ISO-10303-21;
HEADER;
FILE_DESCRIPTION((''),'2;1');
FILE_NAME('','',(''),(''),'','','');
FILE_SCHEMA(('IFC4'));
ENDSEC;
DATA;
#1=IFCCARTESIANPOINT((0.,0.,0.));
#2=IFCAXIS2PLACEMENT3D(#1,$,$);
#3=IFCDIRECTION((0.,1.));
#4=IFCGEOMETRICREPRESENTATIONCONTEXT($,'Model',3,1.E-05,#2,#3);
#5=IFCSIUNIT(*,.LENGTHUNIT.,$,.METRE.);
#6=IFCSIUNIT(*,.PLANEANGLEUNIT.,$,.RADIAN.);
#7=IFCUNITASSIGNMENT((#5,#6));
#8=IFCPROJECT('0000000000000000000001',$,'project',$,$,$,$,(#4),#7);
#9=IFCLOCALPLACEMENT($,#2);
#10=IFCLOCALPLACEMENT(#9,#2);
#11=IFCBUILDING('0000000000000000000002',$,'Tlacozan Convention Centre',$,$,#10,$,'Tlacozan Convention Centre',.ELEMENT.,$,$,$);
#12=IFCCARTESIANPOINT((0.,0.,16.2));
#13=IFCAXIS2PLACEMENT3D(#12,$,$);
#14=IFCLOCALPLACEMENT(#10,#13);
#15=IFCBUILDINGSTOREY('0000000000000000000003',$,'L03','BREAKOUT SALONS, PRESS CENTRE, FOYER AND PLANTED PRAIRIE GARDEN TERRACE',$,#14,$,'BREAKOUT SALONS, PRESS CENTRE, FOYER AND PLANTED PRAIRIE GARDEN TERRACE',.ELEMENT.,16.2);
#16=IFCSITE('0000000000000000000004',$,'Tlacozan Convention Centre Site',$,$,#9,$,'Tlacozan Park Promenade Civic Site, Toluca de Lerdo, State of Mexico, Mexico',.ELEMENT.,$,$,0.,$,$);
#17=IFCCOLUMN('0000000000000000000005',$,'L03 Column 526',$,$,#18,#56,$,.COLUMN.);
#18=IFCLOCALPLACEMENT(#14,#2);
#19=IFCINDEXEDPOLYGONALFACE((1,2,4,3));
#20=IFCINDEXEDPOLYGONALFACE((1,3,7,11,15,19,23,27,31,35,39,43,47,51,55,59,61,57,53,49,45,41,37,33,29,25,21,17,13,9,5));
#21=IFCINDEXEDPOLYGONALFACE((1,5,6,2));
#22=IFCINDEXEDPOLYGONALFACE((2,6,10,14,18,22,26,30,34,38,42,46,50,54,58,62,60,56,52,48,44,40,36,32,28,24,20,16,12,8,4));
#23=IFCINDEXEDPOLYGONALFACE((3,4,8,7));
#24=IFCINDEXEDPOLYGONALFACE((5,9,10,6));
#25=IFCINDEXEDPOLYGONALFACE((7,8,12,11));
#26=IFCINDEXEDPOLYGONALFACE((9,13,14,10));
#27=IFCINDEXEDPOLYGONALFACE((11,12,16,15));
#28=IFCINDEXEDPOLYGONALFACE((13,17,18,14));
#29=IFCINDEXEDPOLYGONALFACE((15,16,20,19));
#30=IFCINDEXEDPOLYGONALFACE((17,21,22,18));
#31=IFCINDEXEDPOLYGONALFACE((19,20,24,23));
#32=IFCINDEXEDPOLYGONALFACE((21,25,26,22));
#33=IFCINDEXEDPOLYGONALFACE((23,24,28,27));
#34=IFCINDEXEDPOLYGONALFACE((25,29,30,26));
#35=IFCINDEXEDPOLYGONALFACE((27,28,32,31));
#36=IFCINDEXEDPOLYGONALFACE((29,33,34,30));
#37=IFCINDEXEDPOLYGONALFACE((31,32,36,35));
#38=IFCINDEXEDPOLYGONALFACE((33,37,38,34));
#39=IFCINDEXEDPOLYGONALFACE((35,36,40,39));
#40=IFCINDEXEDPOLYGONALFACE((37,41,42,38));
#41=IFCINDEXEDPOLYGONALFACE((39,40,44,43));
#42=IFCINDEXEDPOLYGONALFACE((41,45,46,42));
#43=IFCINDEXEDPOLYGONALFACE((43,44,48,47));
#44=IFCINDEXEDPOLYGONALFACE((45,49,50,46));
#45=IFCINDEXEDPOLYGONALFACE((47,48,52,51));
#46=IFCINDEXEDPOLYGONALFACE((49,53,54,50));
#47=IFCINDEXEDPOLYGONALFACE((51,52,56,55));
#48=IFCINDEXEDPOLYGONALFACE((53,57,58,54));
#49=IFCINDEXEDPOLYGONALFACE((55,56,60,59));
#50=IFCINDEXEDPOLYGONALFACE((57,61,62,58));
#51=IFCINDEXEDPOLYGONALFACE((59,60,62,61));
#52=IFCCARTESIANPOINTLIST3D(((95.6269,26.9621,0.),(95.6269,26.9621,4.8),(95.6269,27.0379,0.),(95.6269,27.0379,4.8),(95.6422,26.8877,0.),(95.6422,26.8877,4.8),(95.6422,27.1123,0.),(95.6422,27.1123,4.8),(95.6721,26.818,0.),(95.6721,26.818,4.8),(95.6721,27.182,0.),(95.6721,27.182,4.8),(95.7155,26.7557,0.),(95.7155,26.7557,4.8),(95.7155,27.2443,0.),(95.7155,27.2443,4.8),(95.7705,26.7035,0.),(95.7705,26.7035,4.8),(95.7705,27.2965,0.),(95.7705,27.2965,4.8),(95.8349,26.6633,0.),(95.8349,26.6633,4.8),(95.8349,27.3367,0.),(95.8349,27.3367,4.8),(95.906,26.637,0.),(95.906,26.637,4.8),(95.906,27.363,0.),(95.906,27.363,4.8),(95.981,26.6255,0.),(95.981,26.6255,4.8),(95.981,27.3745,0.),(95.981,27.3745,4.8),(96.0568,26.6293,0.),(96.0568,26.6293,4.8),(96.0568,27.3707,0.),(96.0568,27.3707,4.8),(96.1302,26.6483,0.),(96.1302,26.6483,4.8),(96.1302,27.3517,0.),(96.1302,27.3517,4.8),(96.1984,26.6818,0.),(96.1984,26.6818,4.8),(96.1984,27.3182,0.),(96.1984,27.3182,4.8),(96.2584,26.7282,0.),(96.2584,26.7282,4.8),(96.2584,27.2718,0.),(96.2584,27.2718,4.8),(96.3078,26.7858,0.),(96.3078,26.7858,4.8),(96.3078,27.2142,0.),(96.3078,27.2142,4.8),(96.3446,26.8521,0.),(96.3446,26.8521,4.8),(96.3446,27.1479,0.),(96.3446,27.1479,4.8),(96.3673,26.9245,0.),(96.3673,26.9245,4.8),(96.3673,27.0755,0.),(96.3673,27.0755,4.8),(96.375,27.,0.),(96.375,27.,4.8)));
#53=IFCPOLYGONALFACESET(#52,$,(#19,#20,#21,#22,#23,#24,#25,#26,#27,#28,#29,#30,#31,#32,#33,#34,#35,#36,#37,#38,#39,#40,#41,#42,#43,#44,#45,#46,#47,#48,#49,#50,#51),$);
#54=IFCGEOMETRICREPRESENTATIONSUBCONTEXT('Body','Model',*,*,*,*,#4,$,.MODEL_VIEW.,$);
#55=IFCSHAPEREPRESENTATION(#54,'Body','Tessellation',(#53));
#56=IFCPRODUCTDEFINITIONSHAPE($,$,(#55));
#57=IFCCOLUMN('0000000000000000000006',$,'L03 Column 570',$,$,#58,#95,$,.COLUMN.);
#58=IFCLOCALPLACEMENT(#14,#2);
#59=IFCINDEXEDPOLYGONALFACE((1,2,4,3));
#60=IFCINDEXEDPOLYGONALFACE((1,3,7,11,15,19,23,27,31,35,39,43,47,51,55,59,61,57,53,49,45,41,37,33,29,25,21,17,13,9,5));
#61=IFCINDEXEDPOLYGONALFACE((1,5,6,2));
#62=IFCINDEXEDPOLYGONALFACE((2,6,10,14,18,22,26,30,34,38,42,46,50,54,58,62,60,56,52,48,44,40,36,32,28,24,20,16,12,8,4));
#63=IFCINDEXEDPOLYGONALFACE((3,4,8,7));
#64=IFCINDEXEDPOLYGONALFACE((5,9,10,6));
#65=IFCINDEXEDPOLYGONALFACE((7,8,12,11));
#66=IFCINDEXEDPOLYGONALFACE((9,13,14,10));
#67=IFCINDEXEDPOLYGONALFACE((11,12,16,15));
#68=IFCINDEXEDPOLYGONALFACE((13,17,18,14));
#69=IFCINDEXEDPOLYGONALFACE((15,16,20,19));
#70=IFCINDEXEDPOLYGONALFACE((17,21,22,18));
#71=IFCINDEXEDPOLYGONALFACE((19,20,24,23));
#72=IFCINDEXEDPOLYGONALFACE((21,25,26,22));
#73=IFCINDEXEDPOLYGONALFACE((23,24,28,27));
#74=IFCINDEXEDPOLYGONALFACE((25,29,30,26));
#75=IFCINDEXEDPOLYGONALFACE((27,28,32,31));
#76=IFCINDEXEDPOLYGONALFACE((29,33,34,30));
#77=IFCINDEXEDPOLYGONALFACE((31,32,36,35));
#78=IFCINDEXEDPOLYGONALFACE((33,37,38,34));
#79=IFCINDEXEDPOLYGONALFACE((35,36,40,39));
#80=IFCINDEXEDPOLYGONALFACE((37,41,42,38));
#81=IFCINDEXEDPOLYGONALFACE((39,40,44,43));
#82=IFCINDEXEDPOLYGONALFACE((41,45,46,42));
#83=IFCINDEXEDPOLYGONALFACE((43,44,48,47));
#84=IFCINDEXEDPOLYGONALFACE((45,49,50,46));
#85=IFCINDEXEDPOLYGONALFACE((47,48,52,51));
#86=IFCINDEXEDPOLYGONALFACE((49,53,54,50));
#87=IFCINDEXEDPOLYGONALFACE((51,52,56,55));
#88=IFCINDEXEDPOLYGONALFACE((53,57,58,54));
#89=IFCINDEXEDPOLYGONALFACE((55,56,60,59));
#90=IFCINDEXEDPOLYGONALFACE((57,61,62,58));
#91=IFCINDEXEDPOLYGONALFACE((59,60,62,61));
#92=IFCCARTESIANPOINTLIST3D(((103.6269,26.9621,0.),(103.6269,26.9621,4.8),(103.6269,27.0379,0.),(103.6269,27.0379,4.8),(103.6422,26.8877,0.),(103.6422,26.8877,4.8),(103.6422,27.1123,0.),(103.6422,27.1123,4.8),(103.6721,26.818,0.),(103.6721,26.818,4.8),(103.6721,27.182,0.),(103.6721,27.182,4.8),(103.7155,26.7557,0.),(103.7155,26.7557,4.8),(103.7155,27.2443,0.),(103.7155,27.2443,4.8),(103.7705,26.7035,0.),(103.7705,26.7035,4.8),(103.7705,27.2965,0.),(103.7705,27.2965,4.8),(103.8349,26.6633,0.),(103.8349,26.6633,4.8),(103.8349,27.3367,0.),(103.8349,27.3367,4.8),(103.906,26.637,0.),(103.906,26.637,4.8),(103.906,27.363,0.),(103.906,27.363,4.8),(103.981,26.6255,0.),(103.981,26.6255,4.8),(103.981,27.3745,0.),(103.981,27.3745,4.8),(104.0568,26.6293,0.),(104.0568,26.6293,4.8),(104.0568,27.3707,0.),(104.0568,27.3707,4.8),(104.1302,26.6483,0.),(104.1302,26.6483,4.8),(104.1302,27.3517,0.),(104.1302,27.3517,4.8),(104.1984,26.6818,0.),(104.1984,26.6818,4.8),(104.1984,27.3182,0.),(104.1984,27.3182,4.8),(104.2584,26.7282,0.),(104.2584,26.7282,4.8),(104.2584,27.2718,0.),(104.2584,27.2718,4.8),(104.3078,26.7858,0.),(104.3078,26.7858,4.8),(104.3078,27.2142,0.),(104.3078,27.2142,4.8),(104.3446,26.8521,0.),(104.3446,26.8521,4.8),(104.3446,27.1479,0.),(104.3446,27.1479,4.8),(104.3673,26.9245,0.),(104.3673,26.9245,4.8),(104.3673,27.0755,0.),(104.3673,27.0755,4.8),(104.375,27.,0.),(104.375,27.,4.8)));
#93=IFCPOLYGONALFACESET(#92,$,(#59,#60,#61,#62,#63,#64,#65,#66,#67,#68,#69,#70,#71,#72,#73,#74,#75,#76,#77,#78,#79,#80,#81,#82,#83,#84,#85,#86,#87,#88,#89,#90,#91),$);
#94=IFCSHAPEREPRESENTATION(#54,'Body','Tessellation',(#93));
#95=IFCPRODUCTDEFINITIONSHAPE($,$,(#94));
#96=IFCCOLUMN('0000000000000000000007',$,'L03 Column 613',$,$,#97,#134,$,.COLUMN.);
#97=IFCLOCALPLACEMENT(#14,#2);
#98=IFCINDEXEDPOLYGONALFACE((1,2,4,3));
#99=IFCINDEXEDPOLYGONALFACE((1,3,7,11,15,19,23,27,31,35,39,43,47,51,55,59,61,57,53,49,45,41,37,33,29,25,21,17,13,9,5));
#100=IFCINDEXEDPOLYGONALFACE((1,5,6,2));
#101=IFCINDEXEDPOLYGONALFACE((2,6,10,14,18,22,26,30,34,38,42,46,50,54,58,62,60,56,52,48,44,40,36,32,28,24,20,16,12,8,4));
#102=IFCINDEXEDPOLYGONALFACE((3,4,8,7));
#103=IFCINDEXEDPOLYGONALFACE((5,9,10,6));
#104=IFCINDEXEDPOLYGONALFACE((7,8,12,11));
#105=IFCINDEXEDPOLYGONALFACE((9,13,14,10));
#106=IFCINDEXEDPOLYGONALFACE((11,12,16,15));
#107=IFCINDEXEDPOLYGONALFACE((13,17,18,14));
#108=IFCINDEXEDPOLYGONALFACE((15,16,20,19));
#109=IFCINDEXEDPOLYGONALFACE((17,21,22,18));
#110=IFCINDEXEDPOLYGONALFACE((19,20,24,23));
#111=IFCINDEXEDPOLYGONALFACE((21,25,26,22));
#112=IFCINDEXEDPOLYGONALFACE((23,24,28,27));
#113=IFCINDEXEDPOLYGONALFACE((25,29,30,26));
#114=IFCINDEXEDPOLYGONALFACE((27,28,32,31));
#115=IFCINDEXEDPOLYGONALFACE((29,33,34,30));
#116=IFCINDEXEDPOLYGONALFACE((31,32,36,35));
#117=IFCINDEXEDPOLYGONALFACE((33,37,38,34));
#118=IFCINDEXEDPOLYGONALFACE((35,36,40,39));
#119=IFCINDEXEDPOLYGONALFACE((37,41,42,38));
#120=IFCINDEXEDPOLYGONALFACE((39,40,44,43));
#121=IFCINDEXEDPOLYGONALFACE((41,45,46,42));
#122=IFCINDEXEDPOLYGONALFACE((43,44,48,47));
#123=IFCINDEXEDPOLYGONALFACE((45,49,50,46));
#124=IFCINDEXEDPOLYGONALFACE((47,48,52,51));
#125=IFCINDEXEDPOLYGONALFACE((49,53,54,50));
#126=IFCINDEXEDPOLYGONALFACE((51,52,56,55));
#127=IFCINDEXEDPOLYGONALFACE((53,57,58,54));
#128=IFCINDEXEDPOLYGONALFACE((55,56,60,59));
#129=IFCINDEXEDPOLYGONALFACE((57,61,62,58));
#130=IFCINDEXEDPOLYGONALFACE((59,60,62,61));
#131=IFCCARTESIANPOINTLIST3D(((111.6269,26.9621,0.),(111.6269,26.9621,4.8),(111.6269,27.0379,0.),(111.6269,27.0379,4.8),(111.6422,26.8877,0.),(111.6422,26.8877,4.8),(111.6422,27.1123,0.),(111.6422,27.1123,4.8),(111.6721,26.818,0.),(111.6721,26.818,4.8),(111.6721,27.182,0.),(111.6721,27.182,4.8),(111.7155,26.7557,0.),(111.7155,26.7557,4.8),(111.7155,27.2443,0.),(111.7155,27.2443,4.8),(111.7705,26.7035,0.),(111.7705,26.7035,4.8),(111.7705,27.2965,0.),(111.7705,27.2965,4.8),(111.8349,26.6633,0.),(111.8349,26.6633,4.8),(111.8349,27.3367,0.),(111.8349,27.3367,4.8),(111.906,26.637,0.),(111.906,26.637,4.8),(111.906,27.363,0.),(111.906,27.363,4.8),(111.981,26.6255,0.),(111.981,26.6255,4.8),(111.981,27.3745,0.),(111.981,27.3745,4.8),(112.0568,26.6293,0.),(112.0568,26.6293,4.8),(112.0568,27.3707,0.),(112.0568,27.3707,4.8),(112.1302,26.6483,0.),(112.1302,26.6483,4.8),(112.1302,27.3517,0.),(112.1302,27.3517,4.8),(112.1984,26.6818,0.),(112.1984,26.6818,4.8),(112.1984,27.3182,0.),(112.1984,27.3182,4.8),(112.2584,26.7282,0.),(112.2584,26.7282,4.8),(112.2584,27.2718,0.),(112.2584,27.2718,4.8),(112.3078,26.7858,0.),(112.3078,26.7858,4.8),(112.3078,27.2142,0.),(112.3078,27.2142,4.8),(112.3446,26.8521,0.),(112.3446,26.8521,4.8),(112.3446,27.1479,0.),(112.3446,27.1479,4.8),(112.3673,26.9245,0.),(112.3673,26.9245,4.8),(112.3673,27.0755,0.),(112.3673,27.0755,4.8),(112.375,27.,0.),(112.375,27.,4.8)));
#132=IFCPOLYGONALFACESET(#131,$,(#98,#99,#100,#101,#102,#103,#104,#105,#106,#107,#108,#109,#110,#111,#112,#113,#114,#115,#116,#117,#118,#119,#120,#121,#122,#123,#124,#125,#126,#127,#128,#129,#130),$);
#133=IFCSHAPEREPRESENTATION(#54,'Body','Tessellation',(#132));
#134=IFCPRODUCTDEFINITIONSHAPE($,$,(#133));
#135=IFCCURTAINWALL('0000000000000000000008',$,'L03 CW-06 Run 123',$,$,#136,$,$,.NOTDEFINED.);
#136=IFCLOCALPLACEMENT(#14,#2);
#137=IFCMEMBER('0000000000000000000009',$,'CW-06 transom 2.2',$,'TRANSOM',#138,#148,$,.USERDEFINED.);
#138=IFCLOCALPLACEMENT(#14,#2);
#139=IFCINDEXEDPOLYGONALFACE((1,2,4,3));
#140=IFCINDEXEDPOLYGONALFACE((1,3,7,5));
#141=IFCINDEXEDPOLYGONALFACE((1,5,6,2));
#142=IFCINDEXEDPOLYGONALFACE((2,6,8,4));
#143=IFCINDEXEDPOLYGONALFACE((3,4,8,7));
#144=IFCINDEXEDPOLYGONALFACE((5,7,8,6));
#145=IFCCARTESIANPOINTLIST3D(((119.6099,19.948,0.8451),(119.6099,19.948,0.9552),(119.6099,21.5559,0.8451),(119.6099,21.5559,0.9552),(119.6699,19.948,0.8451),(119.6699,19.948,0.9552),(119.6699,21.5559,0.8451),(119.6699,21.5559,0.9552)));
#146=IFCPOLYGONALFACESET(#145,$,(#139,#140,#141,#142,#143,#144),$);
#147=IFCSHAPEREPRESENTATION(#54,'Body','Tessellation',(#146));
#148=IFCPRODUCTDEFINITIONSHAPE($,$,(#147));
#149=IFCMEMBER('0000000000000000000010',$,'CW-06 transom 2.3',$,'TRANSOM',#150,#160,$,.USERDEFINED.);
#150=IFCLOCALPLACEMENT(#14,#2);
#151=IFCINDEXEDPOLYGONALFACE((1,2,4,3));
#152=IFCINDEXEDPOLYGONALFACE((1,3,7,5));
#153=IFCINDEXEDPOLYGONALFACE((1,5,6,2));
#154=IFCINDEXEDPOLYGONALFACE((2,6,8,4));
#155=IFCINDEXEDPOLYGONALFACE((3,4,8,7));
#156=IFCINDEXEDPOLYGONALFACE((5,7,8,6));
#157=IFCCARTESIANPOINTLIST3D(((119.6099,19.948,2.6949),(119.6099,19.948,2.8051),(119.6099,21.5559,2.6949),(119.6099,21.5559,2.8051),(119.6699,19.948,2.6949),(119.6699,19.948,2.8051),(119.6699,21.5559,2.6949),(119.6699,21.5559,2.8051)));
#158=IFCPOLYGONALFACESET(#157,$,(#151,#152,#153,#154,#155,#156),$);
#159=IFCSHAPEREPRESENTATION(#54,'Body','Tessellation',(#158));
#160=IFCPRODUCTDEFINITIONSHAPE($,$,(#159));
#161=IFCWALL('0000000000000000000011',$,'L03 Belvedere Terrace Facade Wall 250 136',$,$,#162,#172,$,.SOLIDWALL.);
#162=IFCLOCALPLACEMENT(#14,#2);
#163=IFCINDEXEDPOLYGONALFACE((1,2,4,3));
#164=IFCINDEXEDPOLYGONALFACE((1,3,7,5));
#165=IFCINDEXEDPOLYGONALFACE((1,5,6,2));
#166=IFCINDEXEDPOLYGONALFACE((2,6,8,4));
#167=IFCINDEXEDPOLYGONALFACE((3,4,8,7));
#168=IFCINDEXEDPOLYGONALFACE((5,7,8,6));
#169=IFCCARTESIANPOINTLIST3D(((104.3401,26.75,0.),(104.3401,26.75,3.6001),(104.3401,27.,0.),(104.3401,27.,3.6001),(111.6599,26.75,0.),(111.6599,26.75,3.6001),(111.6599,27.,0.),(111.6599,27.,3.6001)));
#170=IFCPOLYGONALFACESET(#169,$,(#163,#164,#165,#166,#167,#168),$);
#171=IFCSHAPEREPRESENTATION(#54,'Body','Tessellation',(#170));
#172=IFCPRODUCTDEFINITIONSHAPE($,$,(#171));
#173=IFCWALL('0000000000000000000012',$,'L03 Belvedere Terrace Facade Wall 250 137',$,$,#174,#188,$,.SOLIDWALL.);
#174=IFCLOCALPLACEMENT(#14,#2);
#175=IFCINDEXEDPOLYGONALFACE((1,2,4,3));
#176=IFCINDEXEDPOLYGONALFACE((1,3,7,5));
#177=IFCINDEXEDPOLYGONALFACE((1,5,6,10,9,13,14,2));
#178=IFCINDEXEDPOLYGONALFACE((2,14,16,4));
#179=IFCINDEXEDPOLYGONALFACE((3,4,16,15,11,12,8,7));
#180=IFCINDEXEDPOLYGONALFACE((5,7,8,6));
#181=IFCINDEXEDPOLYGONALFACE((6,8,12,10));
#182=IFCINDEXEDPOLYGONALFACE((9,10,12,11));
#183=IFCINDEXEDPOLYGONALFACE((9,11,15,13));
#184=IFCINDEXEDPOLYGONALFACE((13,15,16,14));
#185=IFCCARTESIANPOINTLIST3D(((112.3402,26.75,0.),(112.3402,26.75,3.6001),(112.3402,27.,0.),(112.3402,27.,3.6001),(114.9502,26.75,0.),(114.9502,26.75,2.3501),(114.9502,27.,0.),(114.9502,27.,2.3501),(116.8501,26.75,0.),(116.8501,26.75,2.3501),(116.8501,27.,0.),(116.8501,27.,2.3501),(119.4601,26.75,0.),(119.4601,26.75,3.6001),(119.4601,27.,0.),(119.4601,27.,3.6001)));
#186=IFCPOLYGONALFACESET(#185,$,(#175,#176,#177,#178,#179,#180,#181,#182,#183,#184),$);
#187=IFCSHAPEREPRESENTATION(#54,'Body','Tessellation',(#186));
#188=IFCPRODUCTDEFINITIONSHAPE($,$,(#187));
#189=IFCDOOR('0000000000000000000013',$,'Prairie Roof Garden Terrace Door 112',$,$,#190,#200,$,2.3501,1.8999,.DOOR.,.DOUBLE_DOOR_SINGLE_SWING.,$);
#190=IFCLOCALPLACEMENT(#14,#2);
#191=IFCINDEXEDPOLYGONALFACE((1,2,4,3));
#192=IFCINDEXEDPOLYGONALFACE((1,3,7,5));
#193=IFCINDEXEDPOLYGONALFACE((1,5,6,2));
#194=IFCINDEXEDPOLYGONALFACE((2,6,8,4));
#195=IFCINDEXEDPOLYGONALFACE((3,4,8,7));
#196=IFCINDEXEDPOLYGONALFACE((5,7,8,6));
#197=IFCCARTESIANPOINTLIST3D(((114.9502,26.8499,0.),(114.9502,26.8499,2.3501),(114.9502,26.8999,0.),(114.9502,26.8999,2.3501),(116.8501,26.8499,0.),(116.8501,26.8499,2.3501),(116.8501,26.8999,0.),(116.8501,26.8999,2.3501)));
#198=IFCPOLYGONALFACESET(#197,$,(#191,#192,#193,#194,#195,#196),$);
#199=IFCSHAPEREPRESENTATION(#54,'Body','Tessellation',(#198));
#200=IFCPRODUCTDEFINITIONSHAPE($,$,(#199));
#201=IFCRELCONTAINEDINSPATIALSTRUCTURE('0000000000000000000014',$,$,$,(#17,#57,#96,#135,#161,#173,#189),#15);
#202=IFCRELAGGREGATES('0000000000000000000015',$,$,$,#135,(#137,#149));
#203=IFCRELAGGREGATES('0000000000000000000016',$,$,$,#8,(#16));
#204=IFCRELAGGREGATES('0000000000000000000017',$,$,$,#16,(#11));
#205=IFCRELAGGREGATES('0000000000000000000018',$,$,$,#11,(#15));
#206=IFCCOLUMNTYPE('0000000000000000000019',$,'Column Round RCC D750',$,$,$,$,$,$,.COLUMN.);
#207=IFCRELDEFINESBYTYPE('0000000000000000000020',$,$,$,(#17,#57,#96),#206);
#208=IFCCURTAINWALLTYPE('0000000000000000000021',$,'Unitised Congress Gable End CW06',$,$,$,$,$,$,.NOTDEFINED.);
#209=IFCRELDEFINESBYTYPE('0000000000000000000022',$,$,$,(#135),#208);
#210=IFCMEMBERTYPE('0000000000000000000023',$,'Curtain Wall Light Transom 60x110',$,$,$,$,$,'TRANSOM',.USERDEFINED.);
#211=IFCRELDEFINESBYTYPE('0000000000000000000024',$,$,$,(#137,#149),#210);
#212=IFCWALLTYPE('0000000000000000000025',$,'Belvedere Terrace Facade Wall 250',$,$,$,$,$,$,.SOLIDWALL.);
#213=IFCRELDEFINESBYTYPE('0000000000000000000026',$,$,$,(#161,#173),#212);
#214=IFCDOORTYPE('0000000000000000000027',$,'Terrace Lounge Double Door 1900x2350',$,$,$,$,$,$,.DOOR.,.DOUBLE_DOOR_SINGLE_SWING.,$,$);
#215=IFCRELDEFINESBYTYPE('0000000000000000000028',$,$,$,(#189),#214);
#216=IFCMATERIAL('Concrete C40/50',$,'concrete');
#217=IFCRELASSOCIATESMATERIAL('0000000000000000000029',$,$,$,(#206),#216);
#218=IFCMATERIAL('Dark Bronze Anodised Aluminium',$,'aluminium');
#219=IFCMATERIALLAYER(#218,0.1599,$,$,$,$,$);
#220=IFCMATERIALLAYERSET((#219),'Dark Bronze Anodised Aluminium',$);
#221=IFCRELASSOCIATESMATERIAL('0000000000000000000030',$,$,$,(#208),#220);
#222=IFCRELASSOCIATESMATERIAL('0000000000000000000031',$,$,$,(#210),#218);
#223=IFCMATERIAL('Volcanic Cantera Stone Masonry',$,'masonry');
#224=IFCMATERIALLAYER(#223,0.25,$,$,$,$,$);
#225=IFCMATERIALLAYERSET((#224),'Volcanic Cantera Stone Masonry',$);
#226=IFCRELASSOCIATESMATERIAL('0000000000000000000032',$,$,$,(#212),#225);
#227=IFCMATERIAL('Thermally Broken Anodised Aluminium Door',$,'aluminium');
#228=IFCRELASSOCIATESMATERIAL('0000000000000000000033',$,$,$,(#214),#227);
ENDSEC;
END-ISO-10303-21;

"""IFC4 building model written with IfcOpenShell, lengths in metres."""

from ifc_helpers import new_model, si_unit, direction, frame, frame_2d, origin, origin_2d, place, context, subcontext, project, spatial, rectangle, circle, extrude, material, layer, layer_set, material_profile, profile_set, type_object, element, fill, aggregate, save


model = new_model("IFC4")

# Units and contexts
model_context = context("Model", 3, precision=1e-05, world=origin(), true_north=direction((0.0, 1.0)))
body_context = subcontext(model_context, "Body", "Model", "MODEL_VIEW")
ifc_project = project(units=[si_unit("LENGTHUNIT", "METRE"), si_unit("PLANEANGLEUNIT", "RADIAN")], contexts=[model_context])

# Site, building, storey
site_placement = place(None, origin())
site = spatial("IfcSite", under=ifc_project, at=site_placement, Name="Tlacozan Convention Centre Site", LongName="Tlacozan Park Promenade Civic Site, Toluca de Lerdo, State of Mexico, Mexico", CompositionType="ELEMENT", RefElevation=0.0)
building_placement = place(site_placement, origin())
building = spatial("IfcBuilding", under=site, at=building_placement, Name="Tlacozan Convention Centre", LongName="Tlacozan Convention Centre", CompositionType="ELEMENT")
storey_placement = place(building_placement, frame((0.0, 0.0, 16.2)))
storey = spatial("IfcBuildingStorey", under=building, at=storey_placement, Name="L03", Description="BREAKOUT SALONS, PRESS CENTRE, FOYER AND PLANTED PRAIRIE GARDEN TERRACE", LongName="BREAKOUT SALONS, PRESS CENTRE, FOYER AND PLANTED PRAIRIE GARDEN TERRACE", CompositionType="ELEMENT", Elevation=16.2)

# Columns
ifc_material_1 = material(Name="Concrete C40/50", Category="concrete")
ifc_material_profile_1 = material_profile(ifc_material_1, circle(Radius=0.375, at=origin_2d()), Name="RCC D750")
ifc_profile_set_1 = profile_set([ifc_material_profile_1], Name="Concrete C40/50")
column_type = type_object("IfcColumnType", Name="Column Round RCC D750", PredefinedType="COLUMN", material=ifc_profile_set_1)
for number, where, z_axis, x_axis, name in (
    (1, (96.0, 27.0, 0.0), (0.0, 0.0, 1.0), (1.0, 0.0, 0.0), "L03 Column 526"),
    (2, (104.0, 27.0, 0.0), (0.0, 0.0, 1.0), (1.0, 0.0, 0.0), "L03 Column 570"),
    (3, (112.0, 27.0, 0.0), (0.0, 0.0, 1.0), (1.0, 0.0, 0.0), "L03 Column 613"),
):
    element("IfcColumn", number, at=place(storey_placement, frame(where, z_axis=z_axis, x_axis=x_axis)), inside=storey, type_object=column_type, Name=name, PredefinedType="COLUMN", context=body_context, shape_type="SweptSolid", body=[
        extrude(circle(Radius=0.375, at=origin_2d()), origin(), (0.0, 0.0, 1.0), 4.8),
    ])

# Curtain wall, members
ifc_material_2 = material(Name="Dark Bronze Anodised Aluminium", Category="aluminium")
ifc_layer_1 = layer(ifc_material_2, 0.1599)
ifc_layer_set_1 = layer_set([ifc_layer_1], Name="Dark Bronze Anodised Aluminium")
curtain_wall_type = type_object("IfcCurtainWallType", Name="Unitised Congress Gable End CW06", PredefinedType="NOTDEFINED", material=ifc_layer_set_1)
curtain_wall_placement = place(storey_placement, origin())
curtain_wall = element("IfcCurtainWall", 4, at=curtain_wall_placement, inside=storey, type_object=curtain_wall_type, Name="L03 CW-06 Run 123", PredefinedType="NOTDEFINED")
ifc_material_profile_2 = material_profile(ifc_material_2, rectangle(XDim=0.0601, YDim=0.1101, at=origin_2d()), Name="ALU 60x110")
ifc_profile_set_2 = profile_set([ifc_material_profile_2], Name="Dark Bronze Anodised Aluminium")
member_type = type_object("IfcMemberType", Name="Curtain Wall Light Transom 60x110", ElementType="TRANSOM", PredefinedType="USERDEFINED", material=ifc_profile_set_2)
member_1_placement = place(storey_placement, frame((119.6399, 19.948, 0.9001), z_axis=(0.0, 1.0, 0.0), x_axis=(-1.0, 0.0, 0.0)))
member_1 = element("IfcMember", 5, at=member_1_placement, type_object=member_type, Name="CW-06 transom 2.2", ObjectType="TRANSOM", PredefinedType="USERDEFINED", context=body_context, shape_type="SweptSolid", body=[
    extrude(rectangle(XDim=0.0601, YDim=0.1101, at=origin_2d()), origin(), (0.0, 0.0, 1.0), 1.6079),
])
member_2_placement = place(storey_placement, frame((119.6399, 19.948, 2.75), z_axis=(0.0, 1.0, 0.0), x_axis=(-1.0, 0.0, 0.0)))
member_2 = element("IfcMember", 6, at=member_2_placement, type_object=member_type, Name="CW-06 transom 2.3", ObjectType="TRANSOM", PredefinedType="USERDEFINED", context=body_context, shape_type="SweptSolid", body=[
    extrude(rectangle(XDim=0.0601, YDim=0.1101, at=origin_2d()), origin(), (0.0, 0.0, 1.0), 1.6079),
])
aggregate(curtain_wall, [member_1, member_2])

# Shared definitions
ifc_material_3 = material(Name="Volcanic Cantera Stone Masonry", Category="masonry")
ifc_layer_2 = layer(ifc_material_3, 0.25)
ifc_layer_set_2 = layer_set([ifc_layer_2], Name="Volcanic Cantera Stone Masonry")
wall_type_1 = type_object("IfcWallType", Name="Belvedere Terrace Facade Wall 250", PredefinedType="SOLIDWALL", material=ifc_layer_set_2)
ifc_material_4 = material(Name="Thermally Broken Anodised Aluminium Door", Category="aluminium")

# Wall
wall_1_placement = place(storey_placement, frame((104.3401, 26.875, 0.0), z_axis=(0.0, 0.0, 1.0), x_axis=(1.0, 0.0, 0.0)))
element("IfcWall", 7, at=wall_1_placement, inside=storey, type_object=wall_type_1, Name="L03 Belvedere Terrace Facade Wall 250 136", PredefinedType="SOLIDWALL", context=body_context, shape_type="SweptSolid", body=[
    extrude(rectangle(XDim=7.3198, YDim=0.25, at=frame_2d((3.6599, 0.0))), origin(), (0.0, 0.0, 1.0), 3.6001),
])

# Wall, opening, door
wall_2_placement = place(storey_placement, frame((112.3401, 26.875, 0.0), z_axis=(0.0, 0.0, 1.0), x_axis=(1.0, 0.0, 0.0)))
wall_2 = element("IfcWall", 8, at=wall_2_placement, inside=storey, type_object=wall_type_1, Name="L03 Belvedere Terrace Facade Wall 250 137", PredefinedType="SOLIDWALL", context=body_context, shape_type="SweptSolid", body=[
    extrude(rectangle(XDim=7.1199, YDim=0.25, at=frame_2d((3.5601, 0.0))), origin(), (0.0, 0.0, 1.0), 3.6001),
])
opening_1_placement = place(wall_2_placement, frame((2.6101, 0.0, 0.0)))
opening_1 = element("IfcOpeningElement", 9, at=opening_1_placement, cuts=wall_2, PredefinedType="OPENING", context=body_context, shape_type="SweptSolid", body=[
    extrude(rectangle(XDim=1.8999, YDim=2.3501, at=frame_2d((0.95, 1.175))), frame((0.0, 0.135, 0.0), z_axis=(0.0, -1.0, 0.0), x_axis=(1.0, 0.0, 0.0)), (0.0, 0.0, 1.0), 0.27),
])
door_type_1 = type_object("IfcDoorType", Name="Terrace Lounge Double Door 1900x2350", OperationType="DOUBLE_DOOR_SINGLE_SWING", PredefinedType="DOOR", material=ifc_material_4)
door_1_placement = place(opening_1_placement, origin())
door_1 = element("IfcDoor", 10, at=door_1_placement, inside=storey, type_object=door_type_1, Name="Prairie Roof Garden Terrace Door 112", OperationType="DOUBLE_DOOR_SINGLE_SWING", OverallHeight=2.3501, OverallWidth=1.8999, PredefinedType="DOOR", context=body_context, shape_type="SweptSolid", body=[
    extrude(rectangle(XDim=1.8999, YDim=2.3501, at=frame_2d((0.95, 1.175))), frame((0.0, 0.0249, 0.0), z_axis=(0.0, -1.0, 0.0), x_axis=(1.0, 0.0, 0.0)), (0.0, 0.0, 1.0), 0.05),
])
fill(opening_1, door_1)

save(model, "model.ifc")
